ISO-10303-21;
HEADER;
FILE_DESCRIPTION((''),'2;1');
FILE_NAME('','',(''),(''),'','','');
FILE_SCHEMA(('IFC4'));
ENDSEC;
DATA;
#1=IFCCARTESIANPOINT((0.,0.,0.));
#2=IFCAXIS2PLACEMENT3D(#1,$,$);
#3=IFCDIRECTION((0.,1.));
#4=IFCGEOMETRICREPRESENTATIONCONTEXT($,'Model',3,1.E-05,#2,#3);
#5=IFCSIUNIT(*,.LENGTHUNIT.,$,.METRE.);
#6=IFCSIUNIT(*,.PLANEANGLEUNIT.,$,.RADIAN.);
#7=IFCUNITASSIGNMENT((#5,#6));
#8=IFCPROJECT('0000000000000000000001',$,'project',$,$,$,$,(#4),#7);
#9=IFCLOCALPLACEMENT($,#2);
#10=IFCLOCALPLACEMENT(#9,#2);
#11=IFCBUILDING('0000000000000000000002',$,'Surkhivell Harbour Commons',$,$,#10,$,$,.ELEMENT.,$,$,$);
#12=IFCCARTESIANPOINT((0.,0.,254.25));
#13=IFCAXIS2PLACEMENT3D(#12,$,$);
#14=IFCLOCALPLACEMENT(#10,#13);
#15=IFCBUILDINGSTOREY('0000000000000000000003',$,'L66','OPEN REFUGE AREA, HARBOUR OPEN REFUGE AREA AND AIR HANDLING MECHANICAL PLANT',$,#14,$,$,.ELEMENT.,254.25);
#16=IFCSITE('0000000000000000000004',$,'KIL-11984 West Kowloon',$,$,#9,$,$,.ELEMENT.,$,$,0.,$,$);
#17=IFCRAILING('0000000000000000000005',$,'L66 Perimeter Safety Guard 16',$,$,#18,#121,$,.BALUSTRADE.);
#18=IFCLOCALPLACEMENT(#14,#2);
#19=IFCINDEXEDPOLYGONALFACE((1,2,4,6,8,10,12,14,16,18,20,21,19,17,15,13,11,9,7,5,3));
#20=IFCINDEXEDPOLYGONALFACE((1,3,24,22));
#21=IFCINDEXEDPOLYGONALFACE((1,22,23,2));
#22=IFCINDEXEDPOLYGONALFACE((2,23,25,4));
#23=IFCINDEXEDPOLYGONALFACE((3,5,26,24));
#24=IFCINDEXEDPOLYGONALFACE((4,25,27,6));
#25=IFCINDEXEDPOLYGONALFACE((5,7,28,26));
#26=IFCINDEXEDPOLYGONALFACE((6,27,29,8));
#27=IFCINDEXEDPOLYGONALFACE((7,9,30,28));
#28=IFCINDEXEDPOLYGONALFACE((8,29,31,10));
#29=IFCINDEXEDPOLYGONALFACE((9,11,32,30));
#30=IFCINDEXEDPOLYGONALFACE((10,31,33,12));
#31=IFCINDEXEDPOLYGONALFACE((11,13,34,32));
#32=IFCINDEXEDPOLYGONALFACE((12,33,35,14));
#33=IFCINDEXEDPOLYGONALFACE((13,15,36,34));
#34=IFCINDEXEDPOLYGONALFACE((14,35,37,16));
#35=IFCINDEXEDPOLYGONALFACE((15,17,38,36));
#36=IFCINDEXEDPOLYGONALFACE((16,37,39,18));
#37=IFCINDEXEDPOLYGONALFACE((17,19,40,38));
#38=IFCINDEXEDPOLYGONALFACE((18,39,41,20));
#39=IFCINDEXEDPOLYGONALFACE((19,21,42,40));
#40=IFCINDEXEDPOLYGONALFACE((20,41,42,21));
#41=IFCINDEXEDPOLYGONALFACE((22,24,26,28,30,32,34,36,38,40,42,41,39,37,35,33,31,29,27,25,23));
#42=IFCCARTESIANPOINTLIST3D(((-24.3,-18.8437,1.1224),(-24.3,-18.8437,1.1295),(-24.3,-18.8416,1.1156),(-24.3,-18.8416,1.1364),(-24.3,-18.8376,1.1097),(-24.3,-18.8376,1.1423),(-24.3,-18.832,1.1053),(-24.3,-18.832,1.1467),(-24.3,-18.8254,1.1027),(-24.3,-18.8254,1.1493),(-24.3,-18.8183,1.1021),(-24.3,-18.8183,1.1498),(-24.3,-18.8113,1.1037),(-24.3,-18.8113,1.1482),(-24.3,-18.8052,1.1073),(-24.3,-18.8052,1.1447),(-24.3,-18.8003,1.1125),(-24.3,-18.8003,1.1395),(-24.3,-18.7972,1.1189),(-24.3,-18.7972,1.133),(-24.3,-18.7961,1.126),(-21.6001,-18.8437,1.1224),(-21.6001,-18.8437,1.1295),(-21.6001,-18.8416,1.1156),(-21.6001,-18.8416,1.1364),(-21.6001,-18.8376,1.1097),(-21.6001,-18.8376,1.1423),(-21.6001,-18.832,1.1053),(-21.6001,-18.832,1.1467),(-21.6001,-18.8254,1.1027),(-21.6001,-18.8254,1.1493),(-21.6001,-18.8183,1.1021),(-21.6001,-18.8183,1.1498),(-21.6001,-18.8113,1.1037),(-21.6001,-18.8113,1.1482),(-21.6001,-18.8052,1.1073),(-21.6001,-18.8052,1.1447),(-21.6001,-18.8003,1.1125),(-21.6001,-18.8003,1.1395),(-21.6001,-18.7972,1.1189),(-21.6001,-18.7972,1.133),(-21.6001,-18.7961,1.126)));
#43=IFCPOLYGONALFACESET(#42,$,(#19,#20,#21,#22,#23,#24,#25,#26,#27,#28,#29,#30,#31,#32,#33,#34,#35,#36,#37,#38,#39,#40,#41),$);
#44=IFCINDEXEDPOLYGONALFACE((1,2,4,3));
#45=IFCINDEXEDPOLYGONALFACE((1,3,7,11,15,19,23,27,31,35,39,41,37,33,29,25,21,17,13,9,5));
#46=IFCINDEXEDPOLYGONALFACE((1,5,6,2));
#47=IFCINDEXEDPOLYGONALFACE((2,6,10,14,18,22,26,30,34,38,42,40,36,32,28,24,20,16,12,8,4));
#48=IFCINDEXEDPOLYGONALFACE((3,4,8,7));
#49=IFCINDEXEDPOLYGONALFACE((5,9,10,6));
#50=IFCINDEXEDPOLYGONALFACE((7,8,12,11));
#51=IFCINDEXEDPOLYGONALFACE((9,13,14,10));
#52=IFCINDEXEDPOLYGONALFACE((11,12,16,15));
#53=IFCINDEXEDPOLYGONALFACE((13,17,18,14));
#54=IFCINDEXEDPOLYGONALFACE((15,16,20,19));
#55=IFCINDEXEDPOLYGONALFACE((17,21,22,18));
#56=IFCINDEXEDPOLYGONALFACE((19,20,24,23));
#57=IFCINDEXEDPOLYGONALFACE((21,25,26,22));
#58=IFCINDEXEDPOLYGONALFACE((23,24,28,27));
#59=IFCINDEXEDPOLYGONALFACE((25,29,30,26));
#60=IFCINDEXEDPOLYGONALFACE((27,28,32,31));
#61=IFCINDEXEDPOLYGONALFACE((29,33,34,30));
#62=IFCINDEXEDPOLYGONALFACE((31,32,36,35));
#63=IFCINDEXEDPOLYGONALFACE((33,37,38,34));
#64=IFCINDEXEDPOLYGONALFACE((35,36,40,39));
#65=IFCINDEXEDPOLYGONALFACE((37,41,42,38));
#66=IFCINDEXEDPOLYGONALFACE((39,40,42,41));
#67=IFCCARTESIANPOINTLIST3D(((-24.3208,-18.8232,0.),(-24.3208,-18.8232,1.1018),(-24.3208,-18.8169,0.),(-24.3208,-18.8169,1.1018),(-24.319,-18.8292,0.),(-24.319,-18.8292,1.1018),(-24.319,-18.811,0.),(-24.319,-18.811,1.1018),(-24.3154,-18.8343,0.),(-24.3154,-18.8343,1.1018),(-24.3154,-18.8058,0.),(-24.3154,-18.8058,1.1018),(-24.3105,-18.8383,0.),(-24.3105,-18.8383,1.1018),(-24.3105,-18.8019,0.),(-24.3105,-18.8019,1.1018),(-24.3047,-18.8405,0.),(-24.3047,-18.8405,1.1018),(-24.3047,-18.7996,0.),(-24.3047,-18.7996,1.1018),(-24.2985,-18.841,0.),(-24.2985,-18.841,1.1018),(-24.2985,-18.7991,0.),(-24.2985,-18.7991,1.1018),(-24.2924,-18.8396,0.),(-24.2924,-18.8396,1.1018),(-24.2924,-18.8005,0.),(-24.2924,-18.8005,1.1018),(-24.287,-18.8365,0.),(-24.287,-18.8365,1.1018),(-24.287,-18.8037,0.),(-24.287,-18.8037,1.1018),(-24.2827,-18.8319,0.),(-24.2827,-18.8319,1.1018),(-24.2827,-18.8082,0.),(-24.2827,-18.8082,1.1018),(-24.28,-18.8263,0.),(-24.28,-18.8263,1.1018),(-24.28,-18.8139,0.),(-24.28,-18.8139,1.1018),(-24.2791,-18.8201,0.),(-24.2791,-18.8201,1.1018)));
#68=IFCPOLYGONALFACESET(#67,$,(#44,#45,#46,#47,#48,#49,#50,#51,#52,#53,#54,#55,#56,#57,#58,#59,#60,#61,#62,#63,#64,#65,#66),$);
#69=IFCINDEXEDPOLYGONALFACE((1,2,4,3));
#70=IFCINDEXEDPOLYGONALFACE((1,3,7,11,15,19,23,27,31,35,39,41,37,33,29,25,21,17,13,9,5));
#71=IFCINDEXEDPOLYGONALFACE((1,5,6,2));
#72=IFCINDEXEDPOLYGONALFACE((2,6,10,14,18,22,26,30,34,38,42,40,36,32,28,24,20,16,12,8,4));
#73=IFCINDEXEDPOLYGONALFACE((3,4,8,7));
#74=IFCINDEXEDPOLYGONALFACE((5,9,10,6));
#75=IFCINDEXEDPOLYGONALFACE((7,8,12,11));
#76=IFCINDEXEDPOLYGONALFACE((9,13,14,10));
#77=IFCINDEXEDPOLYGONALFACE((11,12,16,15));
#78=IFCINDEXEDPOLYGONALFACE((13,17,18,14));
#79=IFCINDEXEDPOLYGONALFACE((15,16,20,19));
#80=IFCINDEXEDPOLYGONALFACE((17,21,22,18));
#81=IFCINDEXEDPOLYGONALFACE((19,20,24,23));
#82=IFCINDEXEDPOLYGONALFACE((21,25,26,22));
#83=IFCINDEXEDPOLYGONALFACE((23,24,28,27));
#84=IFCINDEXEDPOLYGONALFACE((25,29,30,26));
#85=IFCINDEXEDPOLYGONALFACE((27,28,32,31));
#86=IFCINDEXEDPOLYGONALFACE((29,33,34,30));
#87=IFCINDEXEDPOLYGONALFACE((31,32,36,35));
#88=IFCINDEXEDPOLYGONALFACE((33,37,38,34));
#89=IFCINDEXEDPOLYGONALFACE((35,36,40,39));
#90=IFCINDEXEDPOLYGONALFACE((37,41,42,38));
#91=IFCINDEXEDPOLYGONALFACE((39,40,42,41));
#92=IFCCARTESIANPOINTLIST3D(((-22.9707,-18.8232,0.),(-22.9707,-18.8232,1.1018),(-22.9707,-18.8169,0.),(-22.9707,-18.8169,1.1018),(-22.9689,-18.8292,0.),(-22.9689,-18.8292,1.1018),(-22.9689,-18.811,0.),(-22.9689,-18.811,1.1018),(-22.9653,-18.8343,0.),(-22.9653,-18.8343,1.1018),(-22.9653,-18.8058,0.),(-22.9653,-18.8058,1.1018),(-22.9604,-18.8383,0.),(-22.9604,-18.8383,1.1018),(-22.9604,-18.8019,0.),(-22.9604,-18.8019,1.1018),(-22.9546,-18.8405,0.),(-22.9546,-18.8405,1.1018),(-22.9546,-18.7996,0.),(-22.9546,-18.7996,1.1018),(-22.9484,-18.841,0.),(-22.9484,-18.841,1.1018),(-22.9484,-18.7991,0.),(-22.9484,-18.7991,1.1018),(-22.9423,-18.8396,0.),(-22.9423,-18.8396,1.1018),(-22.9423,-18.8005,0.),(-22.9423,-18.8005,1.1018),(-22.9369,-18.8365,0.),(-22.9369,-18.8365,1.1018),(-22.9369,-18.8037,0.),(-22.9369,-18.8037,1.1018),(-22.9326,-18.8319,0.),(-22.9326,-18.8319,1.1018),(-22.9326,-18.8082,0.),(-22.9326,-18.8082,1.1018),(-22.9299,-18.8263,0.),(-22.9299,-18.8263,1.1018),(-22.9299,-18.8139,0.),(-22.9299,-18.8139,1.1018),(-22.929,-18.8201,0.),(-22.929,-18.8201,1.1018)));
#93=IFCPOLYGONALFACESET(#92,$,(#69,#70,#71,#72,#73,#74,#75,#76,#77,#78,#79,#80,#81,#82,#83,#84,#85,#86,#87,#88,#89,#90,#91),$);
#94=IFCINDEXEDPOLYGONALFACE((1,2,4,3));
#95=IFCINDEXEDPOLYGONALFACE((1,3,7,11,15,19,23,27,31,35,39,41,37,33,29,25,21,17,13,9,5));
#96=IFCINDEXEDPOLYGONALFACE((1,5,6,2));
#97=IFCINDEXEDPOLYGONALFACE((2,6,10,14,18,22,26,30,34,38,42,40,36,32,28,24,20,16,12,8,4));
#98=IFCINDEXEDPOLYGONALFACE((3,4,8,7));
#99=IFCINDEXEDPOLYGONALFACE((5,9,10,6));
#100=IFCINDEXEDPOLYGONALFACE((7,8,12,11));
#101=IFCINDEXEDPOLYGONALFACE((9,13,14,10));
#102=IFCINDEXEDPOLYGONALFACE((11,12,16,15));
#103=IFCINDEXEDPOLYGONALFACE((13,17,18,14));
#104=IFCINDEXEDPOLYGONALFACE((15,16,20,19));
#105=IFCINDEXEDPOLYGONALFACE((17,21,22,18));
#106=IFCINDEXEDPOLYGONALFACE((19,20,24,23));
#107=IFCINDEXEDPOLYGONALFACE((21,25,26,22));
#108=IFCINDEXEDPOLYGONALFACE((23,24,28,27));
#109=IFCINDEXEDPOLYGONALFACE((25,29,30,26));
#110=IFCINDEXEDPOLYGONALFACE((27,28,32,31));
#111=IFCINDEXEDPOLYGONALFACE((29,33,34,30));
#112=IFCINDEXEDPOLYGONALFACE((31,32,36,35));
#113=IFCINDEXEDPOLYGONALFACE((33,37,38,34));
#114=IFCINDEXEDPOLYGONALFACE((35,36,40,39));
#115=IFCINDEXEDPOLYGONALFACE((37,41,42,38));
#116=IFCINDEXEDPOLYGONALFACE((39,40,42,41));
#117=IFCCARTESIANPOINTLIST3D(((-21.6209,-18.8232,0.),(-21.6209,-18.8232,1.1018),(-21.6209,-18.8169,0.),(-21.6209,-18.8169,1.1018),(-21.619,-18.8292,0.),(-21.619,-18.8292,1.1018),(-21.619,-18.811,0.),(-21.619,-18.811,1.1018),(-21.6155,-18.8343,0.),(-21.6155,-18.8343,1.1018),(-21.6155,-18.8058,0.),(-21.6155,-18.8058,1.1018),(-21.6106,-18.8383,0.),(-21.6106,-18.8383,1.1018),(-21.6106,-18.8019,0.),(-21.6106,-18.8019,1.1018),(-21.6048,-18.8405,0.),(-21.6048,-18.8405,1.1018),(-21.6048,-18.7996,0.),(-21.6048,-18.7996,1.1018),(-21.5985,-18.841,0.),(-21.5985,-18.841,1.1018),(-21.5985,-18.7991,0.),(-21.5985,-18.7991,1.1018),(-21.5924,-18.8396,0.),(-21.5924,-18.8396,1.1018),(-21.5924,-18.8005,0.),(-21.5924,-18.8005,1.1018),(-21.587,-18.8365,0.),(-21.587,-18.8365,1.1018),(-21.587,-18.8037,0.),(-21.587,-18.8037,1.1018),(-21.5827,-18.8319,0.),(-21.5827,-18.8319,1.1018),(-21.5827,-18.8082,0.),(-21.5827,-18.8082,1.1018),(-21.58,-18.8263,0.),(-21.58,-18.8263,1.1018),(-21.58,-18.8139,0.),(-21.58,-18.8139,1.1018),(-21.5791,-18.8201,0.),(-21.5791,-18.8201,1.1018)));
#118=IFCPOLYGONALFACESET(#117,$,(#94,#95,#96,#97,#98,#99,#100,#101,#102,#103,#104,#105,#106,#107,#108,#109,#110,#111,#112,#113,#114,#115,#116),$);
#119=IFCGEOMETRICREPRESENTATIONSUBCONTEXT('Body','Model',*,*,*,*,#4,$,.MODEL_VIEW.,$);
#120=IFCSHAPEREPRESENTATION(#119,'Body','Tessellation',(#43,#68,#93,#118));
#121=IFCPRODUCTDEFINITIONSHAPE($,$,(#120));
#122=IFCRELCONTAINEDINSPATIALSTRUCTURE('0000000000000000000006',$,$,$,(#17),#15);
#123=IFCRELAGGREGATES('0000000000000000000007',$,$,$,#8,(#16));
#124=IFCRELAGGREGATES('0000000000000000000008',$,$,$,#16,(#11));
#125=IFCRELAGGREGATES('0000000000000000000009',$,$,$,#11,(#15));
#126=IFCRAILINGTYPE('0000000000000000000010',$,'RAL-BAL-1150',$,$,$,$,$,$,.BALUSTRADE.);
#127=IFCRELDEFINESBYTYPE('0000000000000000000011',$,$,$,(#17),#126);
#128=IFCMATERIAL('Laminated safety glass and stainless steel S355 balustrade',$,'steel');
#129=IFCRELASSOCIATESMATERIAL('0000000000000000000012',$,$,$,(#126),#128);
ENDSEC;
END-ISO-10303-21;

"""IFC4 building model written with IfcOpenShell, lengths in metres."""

from ifc_helpers import new_model, si_unit, direction, frame, origin, origin_2d, place, context, subcontext, project, spatial, circle, extrude, material, type_object, element, save


model = new_model("IFC4")

# Units and contexts
model_context = context("Model", 3, precision=1e-05, world=origin(), true_north=direction((0.0, 1.0)))
body_context = subcontext(model_context, "Body", "Model", "MODEL_VIEW")
ifc_project = project(units=[si_unit("LENGTHUNIT", "METRE"), si_unit("PLANEANGLEUNIT", "RADIAN")], contexts=[model_context])

# Site, building, storey
site_placement = place(None, origin())
site = spatial("IfcSite", under=ifc_project, at=site_placement, Name="KIL-11984 West Kowloon", CompositionType="ELEMENT", RefElevation=0.0)
building_placement = place(site_placement, origin())
building = spatial("IfcBuilding", under=site, at=building_placement, Name="Surkhivell Harbour Commons", CompositionType="ELEMENT")
storey_placement = place(building_placement, frame((0.0, 0.0, 254.25)))
storey = spatial("IfcBuildingStorey", under=building, at=storey_placement, Name="L66", Description="OPEN REFUGE AREA, HARBOUR OPEN REFUGE AREA AND AIR HANDLING MECHANICAL PLANT", CompositionType="ELEMENT", Elevation=254.25)

# Railing
ifc_material_1 = material(Name="Laminated safety glass and stainless steel S355 balustrade", Category="steel")
railing_type = type_object("IfcRailingType", Name="RAL-BAL-1150", PredefinedType="BALUSTRADE", material=ifc_material_1)
railing_1_placement = place(storey_placement, frame((-24.3, -18.8201, 0.0)))
element("IfcRailing", 1, at=railing_1_placement, inside=storey, type_object=railing_type, Name="L66 Perimeter Safety Guard 16", PredefinedType="BALUSTRADE", context=body_context, shape_type="SweptSolid", body=[
    extrude(circle(Radius=0.0239, at=origin_2d()), frame((0.0, 0.0, 1.126), z_axis=(1.0, 0.0, 0.0), x_axis=(0.0, 1.0, 0.0)), (0.0, 0.0, 1.0), 2.7),
    extrude(circle(Radius=0.021, at=origin_2d()), origin(), (0.0, 0.0, 1.0), 1.1018),
    extrude(circle(Radius=0.021, at=origin_2d()), frame((1.3501, 0.0, 0.0)), (0.0, 0.0, 1.0), 1.1018),
    extrude(circle(Radius=0.021, at=origin_2d()), frame((2.7, 0.0, 0.0)), (0.0, 0.0, 1.0), 1.1018),
])

save(model, "model.ifc")
